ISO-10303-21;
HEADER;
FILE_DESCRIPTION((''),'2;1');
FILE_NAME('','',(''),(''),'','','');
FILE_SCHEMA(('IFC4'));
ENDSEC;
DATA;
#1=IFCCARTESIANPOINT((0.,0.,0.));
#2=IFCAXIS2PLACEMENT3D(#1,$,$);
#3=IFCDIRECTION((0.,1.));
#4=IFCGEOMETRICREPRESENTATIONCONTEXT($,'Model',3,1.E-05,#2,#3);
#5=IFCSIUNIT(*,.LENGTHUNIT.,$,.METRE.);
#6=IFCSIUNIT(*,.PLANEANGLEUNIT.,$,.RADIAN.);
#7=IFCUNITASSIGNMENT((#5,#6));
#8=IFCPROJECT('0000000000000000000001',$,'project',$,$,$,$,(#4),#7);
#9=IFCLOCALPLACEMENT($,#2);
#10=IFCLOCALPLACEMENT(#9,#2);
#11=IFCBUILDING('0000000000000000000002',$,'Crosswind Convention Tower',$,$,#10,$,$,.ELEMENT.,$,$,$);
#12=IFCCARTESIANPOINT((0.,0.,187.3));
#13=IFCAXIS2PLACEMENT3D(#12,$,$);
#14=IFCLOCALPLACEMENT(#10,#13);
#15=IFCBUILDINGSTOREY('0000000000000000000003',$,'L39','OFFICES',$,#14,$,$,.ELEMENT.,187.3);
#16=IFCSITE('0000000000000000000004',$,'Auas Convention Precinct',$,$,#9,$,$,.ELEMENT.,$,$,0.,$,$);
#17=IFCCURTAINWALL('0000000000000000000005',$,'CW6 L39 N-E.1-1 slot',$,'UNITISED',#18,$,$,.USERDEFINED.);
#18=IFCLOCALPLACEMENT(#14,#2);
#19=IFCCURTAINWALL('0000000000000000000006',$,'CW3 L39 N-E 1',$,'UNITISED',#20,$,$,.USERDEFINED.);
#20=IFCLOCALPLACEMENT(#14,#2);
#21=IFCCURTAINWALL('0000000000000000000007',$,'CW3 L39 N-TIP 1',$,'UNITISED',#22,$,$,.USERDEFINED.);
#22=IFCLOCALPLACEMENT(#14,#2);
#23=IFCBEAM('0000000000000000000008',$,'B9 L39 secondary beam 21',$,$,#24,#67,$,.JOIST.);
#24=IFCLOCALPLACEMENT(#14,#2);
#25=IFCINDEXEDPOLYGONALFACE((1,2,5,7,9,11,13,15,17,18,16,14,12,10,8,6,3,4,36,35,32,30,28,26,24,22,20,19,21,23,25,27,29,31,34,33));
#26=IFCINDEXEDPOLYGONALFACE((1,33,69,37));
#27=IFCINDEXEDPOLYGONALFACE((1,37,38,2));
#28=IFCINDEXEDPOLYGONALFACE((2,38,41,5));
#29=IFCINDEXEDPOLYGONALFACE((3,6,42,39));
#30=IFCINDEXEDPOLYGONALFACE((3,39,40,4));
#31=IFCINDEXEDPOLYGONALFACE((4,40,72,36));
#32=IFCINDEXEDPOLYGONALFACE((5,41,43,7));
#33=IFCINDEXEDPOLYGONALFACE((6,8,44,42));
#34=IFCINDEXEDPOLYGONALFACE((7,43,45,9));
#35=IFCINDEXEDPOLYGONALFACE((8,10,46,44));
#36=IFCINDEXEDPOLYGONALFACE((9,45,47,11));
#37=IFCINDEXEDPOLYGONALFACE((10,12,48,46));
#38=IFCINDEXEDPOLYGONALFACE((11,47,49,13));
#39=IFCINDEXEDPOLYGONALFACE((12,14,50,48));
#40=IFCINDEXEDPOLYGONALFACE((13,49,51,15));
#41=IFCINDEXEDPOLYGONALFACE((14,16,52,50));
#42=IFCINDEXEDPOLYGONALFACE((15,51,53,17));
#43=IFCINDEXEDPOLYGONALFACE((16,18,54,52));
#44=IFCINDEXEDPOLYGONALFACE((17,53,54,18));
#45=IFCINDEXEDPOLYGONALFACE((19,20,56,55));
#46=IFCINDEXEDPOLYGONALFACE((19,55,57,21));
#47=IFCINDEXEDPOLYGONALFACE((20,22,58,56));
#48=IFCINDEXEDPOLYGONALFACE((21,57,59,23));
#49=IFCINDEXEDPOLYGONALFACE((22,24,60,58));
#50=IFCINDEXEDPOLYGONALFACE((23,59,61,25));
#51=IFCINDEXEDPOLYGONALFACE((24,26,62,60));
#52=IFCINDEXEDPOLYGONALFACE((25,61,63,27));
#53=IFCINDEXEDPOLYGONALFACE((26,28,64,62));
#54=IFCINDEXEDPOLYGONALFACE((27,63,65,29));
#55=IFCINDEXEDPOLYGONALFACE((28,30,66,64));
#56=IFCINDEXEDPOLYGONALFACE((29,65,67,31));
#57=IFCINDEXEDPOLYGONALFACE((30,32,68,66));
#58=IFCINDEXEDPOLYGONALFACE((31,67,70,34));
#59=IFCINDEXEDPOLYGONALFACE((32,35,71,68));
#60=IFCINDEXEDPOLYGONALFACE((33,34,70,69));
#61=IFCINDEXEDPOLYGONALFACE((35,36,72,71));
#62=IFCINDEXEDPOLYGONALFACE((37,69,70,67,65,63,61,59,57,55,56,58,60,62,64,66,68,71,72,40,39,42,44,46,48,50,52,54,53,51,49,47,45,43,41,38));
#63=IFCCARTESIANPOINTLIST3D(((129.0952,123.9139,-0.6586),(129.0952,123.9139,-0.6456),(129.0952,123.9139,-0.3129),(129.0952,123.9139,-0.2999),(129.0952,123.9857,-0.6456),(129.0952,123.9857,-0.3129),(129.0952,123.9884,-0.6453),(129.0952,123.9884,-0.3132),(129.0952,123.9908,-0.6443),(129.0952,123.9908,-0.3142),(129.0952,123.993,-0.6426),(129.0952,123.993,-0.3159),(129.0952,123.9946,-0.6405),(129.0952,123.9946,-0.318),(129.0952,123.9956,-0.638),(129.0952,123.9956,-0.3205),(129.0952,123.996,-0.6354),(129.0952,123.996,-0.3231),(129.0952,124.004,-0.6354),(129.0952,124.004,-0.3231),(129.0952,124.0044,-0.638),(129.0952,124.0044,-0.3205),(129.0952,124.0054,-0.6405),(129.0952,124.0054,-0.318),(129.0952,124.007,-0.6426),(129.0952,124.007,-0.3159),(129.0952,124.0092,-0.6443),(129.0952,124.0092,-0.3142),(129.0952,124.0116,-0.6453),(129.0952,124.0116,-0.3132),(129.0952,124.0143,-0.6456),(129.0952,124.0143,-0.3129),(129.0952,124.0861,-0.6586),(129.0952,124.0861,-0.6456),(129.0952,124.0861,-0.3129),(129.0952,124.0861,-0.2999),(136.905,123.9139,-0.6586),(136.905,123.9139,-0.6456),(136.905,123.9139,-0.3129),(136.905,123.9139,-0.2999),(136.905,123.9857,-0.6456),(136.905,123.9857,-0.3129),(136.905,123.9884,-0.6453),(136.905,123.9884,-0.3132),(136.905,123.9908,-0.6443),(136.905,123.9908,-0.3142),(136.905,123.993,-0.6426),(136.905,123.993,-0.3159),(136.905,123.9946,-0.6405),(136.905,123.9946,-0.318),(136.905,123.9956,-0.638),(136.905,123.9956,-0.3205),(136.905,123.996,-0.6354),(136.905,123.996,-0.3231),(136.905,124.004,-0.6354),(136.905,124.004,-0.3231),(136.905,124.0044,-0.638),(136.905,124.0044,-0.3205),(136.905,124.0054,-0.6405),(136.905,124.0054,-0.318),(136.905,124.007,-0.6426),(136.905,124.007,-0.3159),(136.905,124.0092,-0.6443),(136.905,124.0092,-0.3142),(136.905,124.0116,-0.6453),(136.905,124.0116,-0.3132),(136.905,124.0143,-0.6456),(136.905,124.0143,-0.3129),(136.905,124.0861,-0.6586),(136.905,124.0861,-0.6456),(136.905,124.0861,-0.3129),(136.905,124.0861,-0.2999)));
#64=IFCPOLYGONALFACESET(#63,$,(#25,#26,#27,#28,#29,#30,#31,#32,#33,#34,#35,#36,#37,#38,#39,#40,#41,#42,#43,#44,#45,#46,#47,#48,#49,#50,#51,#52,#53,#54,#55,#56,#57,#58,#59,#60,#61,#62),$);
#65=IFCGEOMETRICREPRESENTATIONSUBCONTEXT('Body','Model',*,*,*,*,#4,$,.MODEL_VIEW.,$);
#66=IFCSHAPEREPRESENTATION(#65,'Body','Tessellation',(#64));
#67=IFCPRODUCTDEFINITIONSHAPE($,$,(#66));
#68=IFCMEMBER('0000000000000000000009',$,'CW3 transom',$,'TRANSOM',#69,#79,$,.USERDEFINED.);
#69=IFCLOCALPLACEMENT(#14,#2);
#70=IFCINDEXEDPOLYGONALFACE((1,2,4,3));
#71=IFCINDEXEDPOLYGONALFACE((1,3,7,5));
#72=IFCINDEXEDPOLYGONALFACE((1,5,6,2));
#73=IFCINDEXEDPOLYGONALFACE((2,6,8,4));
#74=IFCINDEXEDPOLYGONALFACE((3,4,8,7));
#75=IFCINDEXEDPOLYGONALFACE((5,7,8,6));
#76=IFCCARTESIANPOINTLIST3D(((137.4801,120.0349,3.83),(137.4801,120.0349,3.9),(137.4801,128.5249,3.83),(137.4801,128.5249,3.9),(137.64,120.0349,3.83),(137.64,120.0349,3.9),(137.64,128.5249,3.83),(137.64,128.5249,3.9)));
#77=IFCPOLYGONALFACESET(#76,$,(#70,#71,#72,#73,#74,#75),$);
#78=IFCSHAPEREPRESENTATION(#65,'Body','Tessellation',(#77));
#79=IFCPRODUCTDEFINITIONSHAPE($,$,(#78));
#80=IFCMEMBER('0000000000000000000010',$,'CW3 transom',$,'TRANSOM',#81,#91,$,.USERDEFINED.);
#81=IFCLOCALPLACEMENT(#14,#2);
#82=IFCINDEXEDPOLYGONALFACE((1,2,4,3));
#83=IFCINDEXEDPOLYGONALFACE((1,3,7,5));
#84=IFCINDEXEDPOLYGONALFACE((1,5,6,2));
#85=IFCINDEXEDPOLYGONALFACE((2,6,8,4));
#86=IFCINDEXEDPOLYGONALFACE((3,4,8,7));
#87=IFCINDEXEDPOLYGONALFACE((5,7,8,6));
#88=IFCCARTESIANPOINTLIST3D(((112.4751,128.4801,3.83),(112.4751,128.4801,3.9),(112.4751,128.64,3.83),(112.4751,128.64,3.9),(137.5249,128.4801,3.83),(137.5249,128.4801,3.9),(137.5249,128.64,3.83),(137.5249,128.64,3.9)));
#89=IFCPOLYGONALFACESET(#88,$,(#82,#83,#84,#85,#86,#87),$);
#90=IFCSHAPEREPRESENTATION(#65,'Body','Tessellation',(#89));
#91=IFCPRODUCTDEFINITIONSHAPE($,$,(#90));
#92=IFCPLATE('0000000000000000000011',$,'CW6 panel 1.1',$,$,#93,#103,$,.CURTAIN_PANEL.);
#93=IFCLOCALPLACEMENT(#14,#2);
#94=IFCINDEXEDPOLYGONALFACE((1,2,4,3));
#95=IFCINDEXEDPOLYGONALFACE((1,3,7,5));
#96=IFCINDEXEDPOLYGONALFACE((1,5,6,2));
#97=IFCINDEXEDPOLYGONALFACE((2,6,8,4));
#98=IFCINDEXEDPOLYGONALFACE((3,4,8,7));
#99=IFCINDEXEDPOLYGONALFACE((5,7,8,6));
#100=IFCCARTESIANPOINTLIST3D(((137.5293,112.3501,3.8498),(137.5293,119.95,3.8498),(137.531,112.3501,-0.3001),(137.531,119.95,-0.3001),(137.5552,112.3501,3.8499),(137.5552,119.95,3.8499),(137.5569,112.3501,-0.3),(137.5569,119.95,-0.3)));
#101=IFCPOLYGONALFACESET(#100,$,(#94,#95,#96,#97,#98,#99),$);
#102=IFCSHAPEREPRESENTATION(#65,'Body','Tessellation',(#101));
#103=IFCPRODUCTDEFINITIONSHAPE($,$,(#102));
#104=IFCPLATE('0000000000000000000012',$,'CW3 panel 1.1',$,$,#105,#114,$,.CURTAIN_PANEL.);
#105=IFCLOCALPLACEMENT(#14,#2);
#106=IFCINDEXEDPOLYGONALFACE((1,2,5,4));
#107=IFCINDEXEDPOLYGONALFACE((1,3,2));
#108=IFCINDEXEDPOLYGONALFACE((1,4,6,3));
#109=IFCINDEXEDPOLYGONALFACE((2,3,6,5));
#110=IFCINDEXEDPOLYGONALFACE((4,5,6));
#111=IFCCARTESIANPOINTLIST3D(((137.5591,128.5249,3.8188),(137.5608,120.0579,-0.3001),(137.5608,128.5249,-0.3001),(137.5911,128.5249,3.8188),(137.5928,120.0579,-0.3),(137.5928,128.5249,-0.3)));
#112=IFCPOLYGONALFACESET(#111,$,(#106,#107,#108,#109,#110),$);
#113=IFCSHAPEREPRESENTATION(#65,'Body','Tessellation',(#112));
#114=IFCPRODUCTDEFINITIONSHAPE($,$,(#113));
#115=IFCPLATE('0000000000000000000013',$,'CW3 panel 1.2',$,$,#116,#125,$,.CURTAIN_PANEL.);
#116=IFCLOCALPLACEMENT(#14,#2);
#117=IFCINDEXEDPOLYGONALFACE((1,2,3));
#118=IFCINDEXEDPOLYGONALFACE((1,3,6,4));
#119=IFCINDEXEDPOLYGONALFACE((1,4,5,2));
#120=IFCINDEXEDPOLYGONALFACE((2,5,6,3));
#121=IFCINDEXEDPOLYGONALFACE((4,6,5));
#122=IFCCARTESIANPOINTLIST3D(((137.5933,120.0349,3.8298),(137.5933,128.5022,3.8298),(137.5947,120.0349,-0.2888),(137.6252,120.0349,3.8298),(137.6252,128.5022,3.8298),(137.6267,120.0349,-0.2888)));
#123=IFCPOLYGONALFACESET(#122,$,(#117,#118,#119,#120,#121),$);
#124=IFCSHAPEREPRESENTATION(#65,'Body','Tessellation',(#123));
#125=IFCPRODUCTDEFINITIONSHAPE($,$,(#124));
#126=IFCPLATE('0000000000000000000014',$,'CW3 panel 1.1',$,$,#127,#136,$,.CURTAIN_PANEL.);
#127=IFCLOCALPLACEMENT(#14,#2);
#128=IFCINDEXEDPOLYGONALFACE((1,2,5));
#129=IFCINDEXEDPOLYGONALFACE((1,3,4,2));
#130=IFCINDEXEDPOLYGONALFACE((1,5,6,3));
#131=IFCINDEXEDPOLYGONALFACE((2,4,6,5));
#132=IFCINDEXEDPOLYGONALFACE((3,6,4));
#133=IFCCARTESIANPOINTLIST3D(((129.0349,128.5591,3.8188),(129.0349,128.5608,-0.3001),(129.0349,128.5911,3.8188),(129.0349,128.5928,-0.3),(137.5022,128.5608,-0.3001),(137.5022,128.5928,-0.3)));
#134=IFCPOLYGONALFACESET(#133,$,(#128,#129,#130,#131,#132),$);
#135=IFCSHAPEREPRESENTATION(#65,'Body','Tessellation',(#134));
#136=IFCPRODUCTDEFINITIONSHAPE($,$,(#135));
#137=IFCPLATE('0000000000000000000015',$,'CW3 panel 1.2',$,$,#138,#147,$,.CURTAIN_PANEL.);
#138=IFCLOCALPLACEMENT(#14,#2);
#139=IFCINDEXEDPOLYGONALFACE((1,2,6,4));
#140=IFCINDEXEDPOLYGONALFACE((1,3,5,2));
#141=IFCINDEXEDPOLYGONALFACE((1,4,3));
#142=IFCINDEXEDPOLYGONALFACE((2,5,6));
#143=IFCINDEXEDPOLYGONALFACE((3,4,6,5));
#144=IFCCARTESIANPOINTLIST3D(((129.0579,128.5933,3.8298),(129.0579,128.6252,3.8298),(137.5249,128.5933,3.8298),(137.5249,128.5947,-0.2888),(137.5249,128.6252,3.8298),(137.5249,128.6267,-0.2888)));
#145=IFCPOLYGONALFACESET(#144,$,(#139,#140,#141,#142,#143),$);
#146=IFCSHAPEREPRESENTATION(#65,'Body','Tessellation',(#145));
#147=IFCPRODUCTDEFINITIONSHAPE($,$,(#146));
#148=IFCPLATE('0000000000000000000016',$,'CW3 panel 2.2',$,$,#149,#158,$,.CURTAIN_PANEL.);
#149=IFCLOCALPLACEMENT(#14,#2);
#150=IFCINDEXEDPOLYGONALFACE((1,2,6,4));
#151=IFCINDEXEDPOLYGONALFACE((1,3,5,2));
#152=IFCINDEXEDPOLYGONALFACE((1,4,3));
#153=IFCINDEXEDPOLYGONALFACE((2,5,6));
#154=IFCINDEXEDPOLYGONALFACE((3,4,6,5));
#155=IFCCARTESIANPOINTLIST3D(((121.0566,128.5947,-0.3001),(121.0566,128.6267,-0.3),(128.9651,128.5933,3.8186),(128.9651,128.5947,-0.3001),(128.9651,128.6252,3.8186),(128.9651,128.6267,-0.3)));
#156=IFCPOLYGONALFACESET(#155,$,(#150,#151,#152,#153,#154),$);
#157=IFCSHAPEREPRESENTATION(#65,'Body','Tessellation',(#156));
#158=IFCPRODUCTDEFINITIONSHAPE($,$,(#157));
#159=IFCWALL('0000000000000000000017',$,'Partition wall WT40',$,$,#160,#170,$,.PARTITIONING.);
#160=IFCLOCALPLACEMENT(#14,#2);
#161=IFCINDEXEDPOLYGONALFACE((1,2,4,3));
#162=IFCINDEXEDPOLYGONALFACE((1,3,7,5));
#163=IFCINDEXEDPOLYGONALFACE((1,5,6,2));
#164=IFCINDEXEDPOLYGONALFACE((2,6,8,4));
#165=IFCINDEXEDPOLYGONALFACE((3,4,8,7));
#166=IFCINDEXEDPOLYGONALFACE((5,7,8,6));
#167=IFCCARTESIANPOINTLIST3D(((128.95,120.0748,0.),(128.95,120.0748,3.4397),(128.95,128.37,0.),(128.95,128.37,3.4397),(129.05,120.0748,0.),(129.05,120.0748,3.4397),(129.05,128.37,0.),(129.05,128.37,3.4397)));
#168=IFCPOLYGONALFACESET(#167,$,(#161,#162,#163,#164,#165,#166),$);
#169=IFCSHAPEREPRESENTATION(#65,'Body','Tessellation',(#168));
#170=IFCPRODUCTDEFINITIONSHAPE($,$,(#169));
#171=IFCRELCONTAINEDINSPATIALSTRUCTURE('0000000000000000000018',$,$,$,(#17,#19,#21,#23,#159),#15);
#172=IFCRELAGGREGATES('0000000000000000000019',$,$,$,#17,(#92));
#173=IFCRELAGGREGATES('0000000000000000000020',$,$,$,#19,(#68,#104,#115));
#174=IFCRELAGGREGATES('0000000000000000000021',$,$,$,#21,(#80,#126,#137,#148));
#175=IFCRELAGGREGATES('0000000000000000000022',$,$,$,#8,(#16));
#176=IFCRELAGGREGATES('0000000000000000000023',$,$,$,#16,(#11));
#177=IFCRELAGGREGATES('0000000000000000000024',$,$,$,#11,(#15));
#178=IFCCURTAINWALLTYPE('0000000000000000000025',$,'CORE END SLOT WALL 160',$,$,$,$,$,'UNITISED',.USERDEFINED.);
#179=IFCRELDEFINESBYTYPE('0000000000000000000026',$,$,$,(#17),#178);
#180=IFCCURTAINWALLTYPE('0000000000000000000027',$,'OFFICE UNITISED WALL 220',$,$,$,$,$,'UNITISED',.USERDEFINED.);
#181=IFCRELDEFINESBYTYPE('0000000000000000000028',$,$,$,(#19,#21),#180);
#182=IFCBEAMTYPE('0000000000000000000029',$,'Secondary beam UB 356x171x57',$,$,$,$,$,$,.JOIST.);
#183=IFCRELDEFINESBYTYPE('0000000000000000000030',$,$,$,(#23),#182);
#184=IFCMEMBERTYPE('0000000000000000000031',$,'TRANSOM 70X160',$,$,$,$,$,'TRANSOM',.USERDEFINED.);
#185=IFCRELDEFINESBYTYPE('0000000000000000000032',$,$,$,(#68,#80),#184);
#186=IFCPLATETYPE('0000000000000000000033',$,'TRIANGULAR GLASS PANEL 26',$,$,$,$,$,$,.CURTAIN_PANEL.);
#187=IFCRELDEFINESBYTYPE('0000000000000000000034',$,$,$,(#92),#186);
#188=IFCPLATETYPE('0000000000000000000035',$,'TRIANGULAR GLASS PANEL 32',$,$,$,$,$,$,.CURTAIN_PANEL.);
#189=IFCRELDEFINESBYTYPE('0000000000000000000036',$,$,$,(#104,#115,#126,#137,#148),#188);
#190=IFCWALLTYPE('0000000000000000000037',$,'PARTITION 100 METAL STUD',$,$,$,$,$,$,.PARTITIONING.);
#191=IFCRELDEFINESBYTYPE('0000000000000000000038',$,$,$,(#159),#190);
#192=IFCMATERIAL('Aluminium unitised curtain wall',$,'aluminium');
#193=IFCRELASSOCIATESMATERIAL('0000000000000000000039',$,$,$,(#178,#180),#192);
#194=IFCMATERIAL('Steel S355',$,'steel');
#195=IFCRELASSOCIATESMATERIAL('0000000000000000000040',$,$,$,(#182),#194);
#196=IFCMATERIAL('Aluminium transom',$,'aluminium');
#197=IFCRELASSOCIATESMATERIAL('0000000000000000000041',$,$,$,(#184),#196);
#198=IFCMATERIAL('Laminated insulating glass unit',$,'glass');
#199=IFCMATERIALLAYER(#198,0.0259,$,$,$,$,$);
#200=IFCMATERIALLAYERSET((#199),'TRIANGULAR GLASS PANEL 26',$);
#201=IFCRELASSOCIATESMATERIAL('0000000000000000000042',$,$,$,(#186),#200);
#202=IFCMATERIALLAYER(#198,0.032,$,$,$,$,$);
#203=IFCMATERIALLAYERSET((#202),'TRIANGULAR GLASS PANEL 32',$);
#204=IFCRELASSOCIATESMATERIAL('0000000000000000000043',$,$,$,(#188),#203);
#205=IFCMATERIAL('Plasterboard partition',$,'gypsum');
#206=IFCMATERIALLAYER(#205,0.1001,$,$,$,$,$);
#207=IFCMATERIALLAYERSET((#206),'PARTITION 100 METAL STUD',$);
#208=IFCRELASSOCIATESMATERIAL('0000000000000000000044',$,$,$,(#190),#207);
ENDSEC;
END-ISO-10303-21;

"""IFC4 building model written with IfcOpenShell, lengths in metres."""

from ifc_helpers import new_model, si_unit, direction, frame, frame_2d, origin, origin_2d, place, context, subcontext, project, spatial, polyline, rectangle, i_section, outline, extrude, material, layer, layer_set, material_profile, profile_set, type_object, element, aggregate, save


model = new_model("IFC4")

# Units and contexts
model_context = context("Model", 3, precision=1e-05, world=origin(), true_north=direction((0.0, 1.0)))
body_context = subcontext(model_context, "Body", "Model", "MODEL_VIEW")
ifc_project = project(units=[si_unit("LENGTHUNIT", "METRE"), si_unit("PLANEANGLEUNIT", "RADIAN")], contexts=[model_context])

# Site, building, storey
site_placement = place(None, origin())
site = spatial("IfcSite", under=ifc_project, at=site_placement, Name="Auas Convention Precinct", CompositionType="ELEMENT", RefElevation=0.0)
building_placement = place(site_placement, origin())
building = spatial("IfcBuilding", under=site, at=building_placement, Name="Crosswind Convention Tower", CompositionType="ELEMENT")
storey_placement = place(building_placement, frame((0.0, 0.0, 187.3)))
storey = spatial("IfcBuildingStorey", under=building, at=storey_placement, Name="L39", Description="OFFICES", CompositionType="ELEMENT", Elevation=187.3)

# Shared definitions
ifc_material_1 = material(Name="Steel S355", Category="steel")

# Curtain wall
ifc_material_2 = material(Name="Aluminium unitised curtain wall", Category="aluminium")
curtain_wall_type_1 = type_object("IfcCurtainWallType", Name="CORE END SLOT WALL 160", ElementType="UNITISED", PredefinedType="USERDEFINED", material=ifc_material_2)
curtain_wall_1_placement = place(storey_placement, origin())
curtain_wall_1 = element("IfcCurtainWall", 1, at=curtain_wall_1_placement, inside=storey, type_object=curtain_wall_type_1, Name="CW6 L39 N-E.1-1 slot", ObjectType="UNITISED", PredefinedType="USERDEFINED")

# Curtain wall
curtain_wall_type_2 = type_object("IfcCurtainWallType", Name="OFFICE UNITISED WALL 220", ElementType="UNITISED", PredefinedType="USERDEFINED", material=ifc_material_2)
curtain_wall_2_placement = place(storey_placement, origin())
curtain_wall_2 = element("IfcCurtainWall", 2, at=curtain_wall_2_placement, inside=storey, type_object=curtain_wall_type_2, Name="CW3 L39 N-E 1", ObjectType="UNITISED", PredefinedType="USERDEFINED")

# Curtain wall
curtain_wall_3_placement = place(storey_placement, origin())
curtain_wall_3 = element("IfcCurtainWall", 3, at=curtain_wall_3_placement, inside=storey, type_object=curtain_wall_type_2, Name="CW3 L39 N-TIP 1", ObjectType="UNITISED", PredefinedType="USERDEFINED")

# Beam
ifc_material_profile_1 = material_profile(ifc_material_1, i_section(OverallWidth=0.1721, OverallDepth=0.3586, WebThickness=0.0081, FlangeThickness=0.0129, FilletRadius=0.0103, at=origin_2d()), Name="UB 356x171x57")
ifc_profile_set_1 = profile_set([ifc_material_profile_1], Name="Steel S355")
beam_type_1 = type_object("IfcBeamType", Name="Secondary beam UB 356x171x57", PredefinedType="JOIST", material=ifc_profile_set_1)
for number, where, z_axis, x_axis, name in (
    (4, (129.0952, 124.0, -0.4792), (1.0, 0.0, 0.0), (0.0, 1.0, 0.0), "B9 L39 secondary beam 21"),
):
    element("IfcBeam", number, at=place(storey_placement, frame(where, z_axis=z_axis, x_axis=x_axis)), inside=storey, type_object=beam_type_1, Name=name, PredefinedType="JOIST", context=body_context, shape_type="SweptSolid", body=[
        extrude(i_section(OverallWidth=0.1721, OverallDepth=0.3586, WebThickness=0.0081, FlangeThickness=0.0129, FilletRadius=0.0103, at=origin_2d()), origin(), (0.0, 0.0, 1.0), 7.8098),
    ])

# Members
ifc_material_3 = material(Name="Aluminium transom", Category="aluminium")
ifc_material_profile_2 = material_profile(ifc_material_3, rectangle(XDim=0.1599, YDim=0.0701, at=origin_2d()), Name="AL 160X70")
ifc_profile_set_2 = profile_set([ifc_material_profile_2], Name="Aluminium transom")
member_type_1 = type_object("IfcMemberType", Name="TRANSOM 70X160", ElementType="TRANSOM", PredefinedType="USERDEFINED", material=ifc_profile_set_2)
member_1_placement = place(storey_placement, frame((137.5601, 120.0349, 3.865), z_axis=(0.0, 1.0, 0.0), x_axis=(-1.0, 0.0, 0.0)))
member_1 = element("IfcMember", 5, at=member_1_placement, type_object=member_type_1, Name="CW3 transom", ObjectType="TRANSOM", PredefinedType="USERDEFINED", context=body_context, shape_type="SweptSolid", body=[
    extrude(rectangle(XDim=0.1599, YDim=0.0701, at=origin_2d()), origin(), (0.0, 0.0, 1.0), 8.49),
])
member_2_placement = place(storey_placement, frame((137.5249, 128.5601, 3.865), z_axis=(-1.0, 0.0, 0.0), x_axis=(0.0, -1.0, 0.0)))
member_2 = element("IfcMember", 6, at=member_2_placement, type_object=member_type_1, Name="CW3 transom", ObjectType="TRANSOM", PredefinedType="USERDEFINED", context=body_context, shape_type="SweptSolid", body=[
    extrude(rectangle(XDim=0.1599, YDim=0.0701, at=origin_2d()), origin(), (0.0, 0.0, 1.0), 25.0498),
])

# Plates
ifc_material_4 = material(Name="Laminated insulating glass unit", Category="glass")
ifc_layer_1 = layer(ifc_material_4, 0.0259)
ifc_layer_set_1 = layer_set([ifc_layer_1], Name="TRIANGULAR GLASS PANEL 26")
plate_type_1 = type_object("IfcPlateType", Name="TRIANGULAR GLASS PANEL 26", PredefinedType="CURTAIN_PANEL", material=ifc_layer_set_1)
plate_1_placement = place(storey_placement, frame((137.5569, 112.3501, -0.3), z_axis=(1.0, 0.0, 0.000412), x_axis=(0.0, 1.0, 0.0)))
plate_1 = element("IfcPlate", 7, at=plate_1_placement, type_object=plate_type_1, Name="CW6 panel 1.1", PredefinedType="CURTAIN_PANEL", context=body_context, shape_type="SweptSolid", body=[
    extrude(outline(polyline([(0.0, 0.0), (7.5999, 0.0), (7.5999, 4.1499), (0.0, 4.1499), (0.0, 0.0)])), origin(), (0.0, 0.0, -1.0), 0.0259),
])
aggregate(curtain_wall_1, [plate_1])
ifc_layer_2 = layer(ifc_material_4, 0.032)
ifc_layer_set_2 = layer_set([ifc_layer_2], Name="TRIANGULAR GLASS PANEL 32")
plate_type_2 = type_object("IfcPlateType", Name="TRIANGULAR GLASS PANEL 32", PredefinedType="CURTAIN_PANEL", material=ifc_layer_set_2)
plate_2_placement = place(storey_placement, frame((137.5928, 128.5249, -0.3), z_axis=(1.0, 0.0, 0.000415), x_axis=(-0.000415, 0.0, 1.0)))
plate_2 = element("IfcPlate", 8, at=plate_2_placement, type_object=plate_type_2, Name="CW3 panel 1.1", PredefinedType="CURTAIN_PANEL", context=body_context, shape_type="SweptSolid", body=[
    extrude(outline(polyline([(0.0, 0.0), (4.1189, 0.0), (0.0, 8.467), (0.0, 0.0)])), origin(), (0.0, 0.0, -1.0), 0.032),
])
plate_3_placement = place(storey_placement, frame((137.6252, 120.0349, 3.8298), z_axis=(1.0, 0.0, 0.000356), x_axis=(0.000356, 0.0, -1.0)))
plate_3 = element("IfcPlate", 9, at=plate_3_placement, type_object=plate_type_2, Name="CW3 panel 1.2", PredefinedType="CURTAIN_PANEL", context=body_context, shape_type="SweptSolid", body=[
    extrude(outline(polyline([(0.0, 0.0), (4.1187, 0.0), (0.0, 8.4673), (0.0, 0.0)])), origin(), (0.0, 0.0, -1.0), 0.032),
])
plate_4_placement = place(storey_placement, frame((129.0349, 128.5928, -0.3), z_axis=(0.0, 1.0, 0.000415), x_axis=(0.0, -0.000415, 1.0)))
plate_4 = element("IfcPlate", 10, at=plate_4_placement, type_object=plate_type_2, Name="CW3 panel 1.1", PredefinedType="CURTAIN_PANEL", context=body_context, shape_type="SweptSolid", body=[
    extrude(outline(polyline([(0.0, 0.0), (4.1189, 0.0), (0.0, 8.4673), (0.0, 0.0)])), origin(), (0.0, 0.0, -1.0), 0.032),
])
plate_5_placement = place(storey_placement, frame((137.5249, 128.6252, 3.8298), z_axis=(0.0, 1.0, 0.000356), x_axis=(0.0, 0.000356, -1.0)))
plate_5 = element("IfcPlate", 11, at=plate_5_placement, type_object=plate_type_2, Name="CW3 panel 1.2", PredefinedType="CURTAIN_PANEL", context=body_context, shape_type="SweptSolid", body=[
    extrude(outline(polyline([(0.0, 0.0), (4.1187, 0.0), (0.0, 8.467), (0.0, 0.0)])), origin(), (0.0, 0.0, -1.0), 0.032),
])
plate_6_placement = place(storey_placement, frame((128.9651, 128.6267, -0.3), z_axis=(0.0, 1.0, 0.000356), x_axis=(-1.0, 0.0, 0.0)))
plate_6 = element("IfcPlate", 12, at=plate_6_placement, type_object=plate_type_2, Name="CW3 panel 2.2", PredefinedType="CURTAIN_PANEL", context=body_context, shape_type="SweptSolid", body=[
    extrude(outline(polyline([(0.0, 0.0), (7.9084, 0.0), (0.0, 4.1187), (0.0, 0.0)])), origin(), (0.0, 0.0, -1.0), 0.032),
])

# Wall
ifc_material_5 = material(Name="Plasterboard partition", Category="gypsum")
ifc_layer_3 = layer(ifc_material_5, 0.1001)
ifc_layer_set_3 = layer_set([ifc_layer_3], Name="PARTITION 100 METAL STUD")
wall_type_1 = type_object("IfcWallType", Name="PARTITION 100 METAL STUD", PredefinedType="PARTITIONING", material=ifc_layer_set_3)
wall_1_placement = place(storey_placement, frame((129.0, 120.075, 0.0), z_axis=(0.0, 0.0, 1.0), x_axis=(0.0, 1.0, 0.0)))
element("IfcWall", 13, at=wall_1_placement, inside=storey, type_object=wall_type_1, Name="Partition wall WT40", PredefinedType="PARTITIONING", context=body_context, shape_type="SweptSolid", body=[
    extrude(rectangle(XDim=8.2952, YDim=0.1001, at=frame_2d((4.1475, 0.0))), origin(), (0.0, 0.0, 1.0), 3.4397),
])

aggregate(curtain_wall_2, [member_1, plate_2, plate_3])
aggregate(curtain_wall_3, [member_2, plate_4, plate_5, plate_6])

save(model, "model.ifc")
